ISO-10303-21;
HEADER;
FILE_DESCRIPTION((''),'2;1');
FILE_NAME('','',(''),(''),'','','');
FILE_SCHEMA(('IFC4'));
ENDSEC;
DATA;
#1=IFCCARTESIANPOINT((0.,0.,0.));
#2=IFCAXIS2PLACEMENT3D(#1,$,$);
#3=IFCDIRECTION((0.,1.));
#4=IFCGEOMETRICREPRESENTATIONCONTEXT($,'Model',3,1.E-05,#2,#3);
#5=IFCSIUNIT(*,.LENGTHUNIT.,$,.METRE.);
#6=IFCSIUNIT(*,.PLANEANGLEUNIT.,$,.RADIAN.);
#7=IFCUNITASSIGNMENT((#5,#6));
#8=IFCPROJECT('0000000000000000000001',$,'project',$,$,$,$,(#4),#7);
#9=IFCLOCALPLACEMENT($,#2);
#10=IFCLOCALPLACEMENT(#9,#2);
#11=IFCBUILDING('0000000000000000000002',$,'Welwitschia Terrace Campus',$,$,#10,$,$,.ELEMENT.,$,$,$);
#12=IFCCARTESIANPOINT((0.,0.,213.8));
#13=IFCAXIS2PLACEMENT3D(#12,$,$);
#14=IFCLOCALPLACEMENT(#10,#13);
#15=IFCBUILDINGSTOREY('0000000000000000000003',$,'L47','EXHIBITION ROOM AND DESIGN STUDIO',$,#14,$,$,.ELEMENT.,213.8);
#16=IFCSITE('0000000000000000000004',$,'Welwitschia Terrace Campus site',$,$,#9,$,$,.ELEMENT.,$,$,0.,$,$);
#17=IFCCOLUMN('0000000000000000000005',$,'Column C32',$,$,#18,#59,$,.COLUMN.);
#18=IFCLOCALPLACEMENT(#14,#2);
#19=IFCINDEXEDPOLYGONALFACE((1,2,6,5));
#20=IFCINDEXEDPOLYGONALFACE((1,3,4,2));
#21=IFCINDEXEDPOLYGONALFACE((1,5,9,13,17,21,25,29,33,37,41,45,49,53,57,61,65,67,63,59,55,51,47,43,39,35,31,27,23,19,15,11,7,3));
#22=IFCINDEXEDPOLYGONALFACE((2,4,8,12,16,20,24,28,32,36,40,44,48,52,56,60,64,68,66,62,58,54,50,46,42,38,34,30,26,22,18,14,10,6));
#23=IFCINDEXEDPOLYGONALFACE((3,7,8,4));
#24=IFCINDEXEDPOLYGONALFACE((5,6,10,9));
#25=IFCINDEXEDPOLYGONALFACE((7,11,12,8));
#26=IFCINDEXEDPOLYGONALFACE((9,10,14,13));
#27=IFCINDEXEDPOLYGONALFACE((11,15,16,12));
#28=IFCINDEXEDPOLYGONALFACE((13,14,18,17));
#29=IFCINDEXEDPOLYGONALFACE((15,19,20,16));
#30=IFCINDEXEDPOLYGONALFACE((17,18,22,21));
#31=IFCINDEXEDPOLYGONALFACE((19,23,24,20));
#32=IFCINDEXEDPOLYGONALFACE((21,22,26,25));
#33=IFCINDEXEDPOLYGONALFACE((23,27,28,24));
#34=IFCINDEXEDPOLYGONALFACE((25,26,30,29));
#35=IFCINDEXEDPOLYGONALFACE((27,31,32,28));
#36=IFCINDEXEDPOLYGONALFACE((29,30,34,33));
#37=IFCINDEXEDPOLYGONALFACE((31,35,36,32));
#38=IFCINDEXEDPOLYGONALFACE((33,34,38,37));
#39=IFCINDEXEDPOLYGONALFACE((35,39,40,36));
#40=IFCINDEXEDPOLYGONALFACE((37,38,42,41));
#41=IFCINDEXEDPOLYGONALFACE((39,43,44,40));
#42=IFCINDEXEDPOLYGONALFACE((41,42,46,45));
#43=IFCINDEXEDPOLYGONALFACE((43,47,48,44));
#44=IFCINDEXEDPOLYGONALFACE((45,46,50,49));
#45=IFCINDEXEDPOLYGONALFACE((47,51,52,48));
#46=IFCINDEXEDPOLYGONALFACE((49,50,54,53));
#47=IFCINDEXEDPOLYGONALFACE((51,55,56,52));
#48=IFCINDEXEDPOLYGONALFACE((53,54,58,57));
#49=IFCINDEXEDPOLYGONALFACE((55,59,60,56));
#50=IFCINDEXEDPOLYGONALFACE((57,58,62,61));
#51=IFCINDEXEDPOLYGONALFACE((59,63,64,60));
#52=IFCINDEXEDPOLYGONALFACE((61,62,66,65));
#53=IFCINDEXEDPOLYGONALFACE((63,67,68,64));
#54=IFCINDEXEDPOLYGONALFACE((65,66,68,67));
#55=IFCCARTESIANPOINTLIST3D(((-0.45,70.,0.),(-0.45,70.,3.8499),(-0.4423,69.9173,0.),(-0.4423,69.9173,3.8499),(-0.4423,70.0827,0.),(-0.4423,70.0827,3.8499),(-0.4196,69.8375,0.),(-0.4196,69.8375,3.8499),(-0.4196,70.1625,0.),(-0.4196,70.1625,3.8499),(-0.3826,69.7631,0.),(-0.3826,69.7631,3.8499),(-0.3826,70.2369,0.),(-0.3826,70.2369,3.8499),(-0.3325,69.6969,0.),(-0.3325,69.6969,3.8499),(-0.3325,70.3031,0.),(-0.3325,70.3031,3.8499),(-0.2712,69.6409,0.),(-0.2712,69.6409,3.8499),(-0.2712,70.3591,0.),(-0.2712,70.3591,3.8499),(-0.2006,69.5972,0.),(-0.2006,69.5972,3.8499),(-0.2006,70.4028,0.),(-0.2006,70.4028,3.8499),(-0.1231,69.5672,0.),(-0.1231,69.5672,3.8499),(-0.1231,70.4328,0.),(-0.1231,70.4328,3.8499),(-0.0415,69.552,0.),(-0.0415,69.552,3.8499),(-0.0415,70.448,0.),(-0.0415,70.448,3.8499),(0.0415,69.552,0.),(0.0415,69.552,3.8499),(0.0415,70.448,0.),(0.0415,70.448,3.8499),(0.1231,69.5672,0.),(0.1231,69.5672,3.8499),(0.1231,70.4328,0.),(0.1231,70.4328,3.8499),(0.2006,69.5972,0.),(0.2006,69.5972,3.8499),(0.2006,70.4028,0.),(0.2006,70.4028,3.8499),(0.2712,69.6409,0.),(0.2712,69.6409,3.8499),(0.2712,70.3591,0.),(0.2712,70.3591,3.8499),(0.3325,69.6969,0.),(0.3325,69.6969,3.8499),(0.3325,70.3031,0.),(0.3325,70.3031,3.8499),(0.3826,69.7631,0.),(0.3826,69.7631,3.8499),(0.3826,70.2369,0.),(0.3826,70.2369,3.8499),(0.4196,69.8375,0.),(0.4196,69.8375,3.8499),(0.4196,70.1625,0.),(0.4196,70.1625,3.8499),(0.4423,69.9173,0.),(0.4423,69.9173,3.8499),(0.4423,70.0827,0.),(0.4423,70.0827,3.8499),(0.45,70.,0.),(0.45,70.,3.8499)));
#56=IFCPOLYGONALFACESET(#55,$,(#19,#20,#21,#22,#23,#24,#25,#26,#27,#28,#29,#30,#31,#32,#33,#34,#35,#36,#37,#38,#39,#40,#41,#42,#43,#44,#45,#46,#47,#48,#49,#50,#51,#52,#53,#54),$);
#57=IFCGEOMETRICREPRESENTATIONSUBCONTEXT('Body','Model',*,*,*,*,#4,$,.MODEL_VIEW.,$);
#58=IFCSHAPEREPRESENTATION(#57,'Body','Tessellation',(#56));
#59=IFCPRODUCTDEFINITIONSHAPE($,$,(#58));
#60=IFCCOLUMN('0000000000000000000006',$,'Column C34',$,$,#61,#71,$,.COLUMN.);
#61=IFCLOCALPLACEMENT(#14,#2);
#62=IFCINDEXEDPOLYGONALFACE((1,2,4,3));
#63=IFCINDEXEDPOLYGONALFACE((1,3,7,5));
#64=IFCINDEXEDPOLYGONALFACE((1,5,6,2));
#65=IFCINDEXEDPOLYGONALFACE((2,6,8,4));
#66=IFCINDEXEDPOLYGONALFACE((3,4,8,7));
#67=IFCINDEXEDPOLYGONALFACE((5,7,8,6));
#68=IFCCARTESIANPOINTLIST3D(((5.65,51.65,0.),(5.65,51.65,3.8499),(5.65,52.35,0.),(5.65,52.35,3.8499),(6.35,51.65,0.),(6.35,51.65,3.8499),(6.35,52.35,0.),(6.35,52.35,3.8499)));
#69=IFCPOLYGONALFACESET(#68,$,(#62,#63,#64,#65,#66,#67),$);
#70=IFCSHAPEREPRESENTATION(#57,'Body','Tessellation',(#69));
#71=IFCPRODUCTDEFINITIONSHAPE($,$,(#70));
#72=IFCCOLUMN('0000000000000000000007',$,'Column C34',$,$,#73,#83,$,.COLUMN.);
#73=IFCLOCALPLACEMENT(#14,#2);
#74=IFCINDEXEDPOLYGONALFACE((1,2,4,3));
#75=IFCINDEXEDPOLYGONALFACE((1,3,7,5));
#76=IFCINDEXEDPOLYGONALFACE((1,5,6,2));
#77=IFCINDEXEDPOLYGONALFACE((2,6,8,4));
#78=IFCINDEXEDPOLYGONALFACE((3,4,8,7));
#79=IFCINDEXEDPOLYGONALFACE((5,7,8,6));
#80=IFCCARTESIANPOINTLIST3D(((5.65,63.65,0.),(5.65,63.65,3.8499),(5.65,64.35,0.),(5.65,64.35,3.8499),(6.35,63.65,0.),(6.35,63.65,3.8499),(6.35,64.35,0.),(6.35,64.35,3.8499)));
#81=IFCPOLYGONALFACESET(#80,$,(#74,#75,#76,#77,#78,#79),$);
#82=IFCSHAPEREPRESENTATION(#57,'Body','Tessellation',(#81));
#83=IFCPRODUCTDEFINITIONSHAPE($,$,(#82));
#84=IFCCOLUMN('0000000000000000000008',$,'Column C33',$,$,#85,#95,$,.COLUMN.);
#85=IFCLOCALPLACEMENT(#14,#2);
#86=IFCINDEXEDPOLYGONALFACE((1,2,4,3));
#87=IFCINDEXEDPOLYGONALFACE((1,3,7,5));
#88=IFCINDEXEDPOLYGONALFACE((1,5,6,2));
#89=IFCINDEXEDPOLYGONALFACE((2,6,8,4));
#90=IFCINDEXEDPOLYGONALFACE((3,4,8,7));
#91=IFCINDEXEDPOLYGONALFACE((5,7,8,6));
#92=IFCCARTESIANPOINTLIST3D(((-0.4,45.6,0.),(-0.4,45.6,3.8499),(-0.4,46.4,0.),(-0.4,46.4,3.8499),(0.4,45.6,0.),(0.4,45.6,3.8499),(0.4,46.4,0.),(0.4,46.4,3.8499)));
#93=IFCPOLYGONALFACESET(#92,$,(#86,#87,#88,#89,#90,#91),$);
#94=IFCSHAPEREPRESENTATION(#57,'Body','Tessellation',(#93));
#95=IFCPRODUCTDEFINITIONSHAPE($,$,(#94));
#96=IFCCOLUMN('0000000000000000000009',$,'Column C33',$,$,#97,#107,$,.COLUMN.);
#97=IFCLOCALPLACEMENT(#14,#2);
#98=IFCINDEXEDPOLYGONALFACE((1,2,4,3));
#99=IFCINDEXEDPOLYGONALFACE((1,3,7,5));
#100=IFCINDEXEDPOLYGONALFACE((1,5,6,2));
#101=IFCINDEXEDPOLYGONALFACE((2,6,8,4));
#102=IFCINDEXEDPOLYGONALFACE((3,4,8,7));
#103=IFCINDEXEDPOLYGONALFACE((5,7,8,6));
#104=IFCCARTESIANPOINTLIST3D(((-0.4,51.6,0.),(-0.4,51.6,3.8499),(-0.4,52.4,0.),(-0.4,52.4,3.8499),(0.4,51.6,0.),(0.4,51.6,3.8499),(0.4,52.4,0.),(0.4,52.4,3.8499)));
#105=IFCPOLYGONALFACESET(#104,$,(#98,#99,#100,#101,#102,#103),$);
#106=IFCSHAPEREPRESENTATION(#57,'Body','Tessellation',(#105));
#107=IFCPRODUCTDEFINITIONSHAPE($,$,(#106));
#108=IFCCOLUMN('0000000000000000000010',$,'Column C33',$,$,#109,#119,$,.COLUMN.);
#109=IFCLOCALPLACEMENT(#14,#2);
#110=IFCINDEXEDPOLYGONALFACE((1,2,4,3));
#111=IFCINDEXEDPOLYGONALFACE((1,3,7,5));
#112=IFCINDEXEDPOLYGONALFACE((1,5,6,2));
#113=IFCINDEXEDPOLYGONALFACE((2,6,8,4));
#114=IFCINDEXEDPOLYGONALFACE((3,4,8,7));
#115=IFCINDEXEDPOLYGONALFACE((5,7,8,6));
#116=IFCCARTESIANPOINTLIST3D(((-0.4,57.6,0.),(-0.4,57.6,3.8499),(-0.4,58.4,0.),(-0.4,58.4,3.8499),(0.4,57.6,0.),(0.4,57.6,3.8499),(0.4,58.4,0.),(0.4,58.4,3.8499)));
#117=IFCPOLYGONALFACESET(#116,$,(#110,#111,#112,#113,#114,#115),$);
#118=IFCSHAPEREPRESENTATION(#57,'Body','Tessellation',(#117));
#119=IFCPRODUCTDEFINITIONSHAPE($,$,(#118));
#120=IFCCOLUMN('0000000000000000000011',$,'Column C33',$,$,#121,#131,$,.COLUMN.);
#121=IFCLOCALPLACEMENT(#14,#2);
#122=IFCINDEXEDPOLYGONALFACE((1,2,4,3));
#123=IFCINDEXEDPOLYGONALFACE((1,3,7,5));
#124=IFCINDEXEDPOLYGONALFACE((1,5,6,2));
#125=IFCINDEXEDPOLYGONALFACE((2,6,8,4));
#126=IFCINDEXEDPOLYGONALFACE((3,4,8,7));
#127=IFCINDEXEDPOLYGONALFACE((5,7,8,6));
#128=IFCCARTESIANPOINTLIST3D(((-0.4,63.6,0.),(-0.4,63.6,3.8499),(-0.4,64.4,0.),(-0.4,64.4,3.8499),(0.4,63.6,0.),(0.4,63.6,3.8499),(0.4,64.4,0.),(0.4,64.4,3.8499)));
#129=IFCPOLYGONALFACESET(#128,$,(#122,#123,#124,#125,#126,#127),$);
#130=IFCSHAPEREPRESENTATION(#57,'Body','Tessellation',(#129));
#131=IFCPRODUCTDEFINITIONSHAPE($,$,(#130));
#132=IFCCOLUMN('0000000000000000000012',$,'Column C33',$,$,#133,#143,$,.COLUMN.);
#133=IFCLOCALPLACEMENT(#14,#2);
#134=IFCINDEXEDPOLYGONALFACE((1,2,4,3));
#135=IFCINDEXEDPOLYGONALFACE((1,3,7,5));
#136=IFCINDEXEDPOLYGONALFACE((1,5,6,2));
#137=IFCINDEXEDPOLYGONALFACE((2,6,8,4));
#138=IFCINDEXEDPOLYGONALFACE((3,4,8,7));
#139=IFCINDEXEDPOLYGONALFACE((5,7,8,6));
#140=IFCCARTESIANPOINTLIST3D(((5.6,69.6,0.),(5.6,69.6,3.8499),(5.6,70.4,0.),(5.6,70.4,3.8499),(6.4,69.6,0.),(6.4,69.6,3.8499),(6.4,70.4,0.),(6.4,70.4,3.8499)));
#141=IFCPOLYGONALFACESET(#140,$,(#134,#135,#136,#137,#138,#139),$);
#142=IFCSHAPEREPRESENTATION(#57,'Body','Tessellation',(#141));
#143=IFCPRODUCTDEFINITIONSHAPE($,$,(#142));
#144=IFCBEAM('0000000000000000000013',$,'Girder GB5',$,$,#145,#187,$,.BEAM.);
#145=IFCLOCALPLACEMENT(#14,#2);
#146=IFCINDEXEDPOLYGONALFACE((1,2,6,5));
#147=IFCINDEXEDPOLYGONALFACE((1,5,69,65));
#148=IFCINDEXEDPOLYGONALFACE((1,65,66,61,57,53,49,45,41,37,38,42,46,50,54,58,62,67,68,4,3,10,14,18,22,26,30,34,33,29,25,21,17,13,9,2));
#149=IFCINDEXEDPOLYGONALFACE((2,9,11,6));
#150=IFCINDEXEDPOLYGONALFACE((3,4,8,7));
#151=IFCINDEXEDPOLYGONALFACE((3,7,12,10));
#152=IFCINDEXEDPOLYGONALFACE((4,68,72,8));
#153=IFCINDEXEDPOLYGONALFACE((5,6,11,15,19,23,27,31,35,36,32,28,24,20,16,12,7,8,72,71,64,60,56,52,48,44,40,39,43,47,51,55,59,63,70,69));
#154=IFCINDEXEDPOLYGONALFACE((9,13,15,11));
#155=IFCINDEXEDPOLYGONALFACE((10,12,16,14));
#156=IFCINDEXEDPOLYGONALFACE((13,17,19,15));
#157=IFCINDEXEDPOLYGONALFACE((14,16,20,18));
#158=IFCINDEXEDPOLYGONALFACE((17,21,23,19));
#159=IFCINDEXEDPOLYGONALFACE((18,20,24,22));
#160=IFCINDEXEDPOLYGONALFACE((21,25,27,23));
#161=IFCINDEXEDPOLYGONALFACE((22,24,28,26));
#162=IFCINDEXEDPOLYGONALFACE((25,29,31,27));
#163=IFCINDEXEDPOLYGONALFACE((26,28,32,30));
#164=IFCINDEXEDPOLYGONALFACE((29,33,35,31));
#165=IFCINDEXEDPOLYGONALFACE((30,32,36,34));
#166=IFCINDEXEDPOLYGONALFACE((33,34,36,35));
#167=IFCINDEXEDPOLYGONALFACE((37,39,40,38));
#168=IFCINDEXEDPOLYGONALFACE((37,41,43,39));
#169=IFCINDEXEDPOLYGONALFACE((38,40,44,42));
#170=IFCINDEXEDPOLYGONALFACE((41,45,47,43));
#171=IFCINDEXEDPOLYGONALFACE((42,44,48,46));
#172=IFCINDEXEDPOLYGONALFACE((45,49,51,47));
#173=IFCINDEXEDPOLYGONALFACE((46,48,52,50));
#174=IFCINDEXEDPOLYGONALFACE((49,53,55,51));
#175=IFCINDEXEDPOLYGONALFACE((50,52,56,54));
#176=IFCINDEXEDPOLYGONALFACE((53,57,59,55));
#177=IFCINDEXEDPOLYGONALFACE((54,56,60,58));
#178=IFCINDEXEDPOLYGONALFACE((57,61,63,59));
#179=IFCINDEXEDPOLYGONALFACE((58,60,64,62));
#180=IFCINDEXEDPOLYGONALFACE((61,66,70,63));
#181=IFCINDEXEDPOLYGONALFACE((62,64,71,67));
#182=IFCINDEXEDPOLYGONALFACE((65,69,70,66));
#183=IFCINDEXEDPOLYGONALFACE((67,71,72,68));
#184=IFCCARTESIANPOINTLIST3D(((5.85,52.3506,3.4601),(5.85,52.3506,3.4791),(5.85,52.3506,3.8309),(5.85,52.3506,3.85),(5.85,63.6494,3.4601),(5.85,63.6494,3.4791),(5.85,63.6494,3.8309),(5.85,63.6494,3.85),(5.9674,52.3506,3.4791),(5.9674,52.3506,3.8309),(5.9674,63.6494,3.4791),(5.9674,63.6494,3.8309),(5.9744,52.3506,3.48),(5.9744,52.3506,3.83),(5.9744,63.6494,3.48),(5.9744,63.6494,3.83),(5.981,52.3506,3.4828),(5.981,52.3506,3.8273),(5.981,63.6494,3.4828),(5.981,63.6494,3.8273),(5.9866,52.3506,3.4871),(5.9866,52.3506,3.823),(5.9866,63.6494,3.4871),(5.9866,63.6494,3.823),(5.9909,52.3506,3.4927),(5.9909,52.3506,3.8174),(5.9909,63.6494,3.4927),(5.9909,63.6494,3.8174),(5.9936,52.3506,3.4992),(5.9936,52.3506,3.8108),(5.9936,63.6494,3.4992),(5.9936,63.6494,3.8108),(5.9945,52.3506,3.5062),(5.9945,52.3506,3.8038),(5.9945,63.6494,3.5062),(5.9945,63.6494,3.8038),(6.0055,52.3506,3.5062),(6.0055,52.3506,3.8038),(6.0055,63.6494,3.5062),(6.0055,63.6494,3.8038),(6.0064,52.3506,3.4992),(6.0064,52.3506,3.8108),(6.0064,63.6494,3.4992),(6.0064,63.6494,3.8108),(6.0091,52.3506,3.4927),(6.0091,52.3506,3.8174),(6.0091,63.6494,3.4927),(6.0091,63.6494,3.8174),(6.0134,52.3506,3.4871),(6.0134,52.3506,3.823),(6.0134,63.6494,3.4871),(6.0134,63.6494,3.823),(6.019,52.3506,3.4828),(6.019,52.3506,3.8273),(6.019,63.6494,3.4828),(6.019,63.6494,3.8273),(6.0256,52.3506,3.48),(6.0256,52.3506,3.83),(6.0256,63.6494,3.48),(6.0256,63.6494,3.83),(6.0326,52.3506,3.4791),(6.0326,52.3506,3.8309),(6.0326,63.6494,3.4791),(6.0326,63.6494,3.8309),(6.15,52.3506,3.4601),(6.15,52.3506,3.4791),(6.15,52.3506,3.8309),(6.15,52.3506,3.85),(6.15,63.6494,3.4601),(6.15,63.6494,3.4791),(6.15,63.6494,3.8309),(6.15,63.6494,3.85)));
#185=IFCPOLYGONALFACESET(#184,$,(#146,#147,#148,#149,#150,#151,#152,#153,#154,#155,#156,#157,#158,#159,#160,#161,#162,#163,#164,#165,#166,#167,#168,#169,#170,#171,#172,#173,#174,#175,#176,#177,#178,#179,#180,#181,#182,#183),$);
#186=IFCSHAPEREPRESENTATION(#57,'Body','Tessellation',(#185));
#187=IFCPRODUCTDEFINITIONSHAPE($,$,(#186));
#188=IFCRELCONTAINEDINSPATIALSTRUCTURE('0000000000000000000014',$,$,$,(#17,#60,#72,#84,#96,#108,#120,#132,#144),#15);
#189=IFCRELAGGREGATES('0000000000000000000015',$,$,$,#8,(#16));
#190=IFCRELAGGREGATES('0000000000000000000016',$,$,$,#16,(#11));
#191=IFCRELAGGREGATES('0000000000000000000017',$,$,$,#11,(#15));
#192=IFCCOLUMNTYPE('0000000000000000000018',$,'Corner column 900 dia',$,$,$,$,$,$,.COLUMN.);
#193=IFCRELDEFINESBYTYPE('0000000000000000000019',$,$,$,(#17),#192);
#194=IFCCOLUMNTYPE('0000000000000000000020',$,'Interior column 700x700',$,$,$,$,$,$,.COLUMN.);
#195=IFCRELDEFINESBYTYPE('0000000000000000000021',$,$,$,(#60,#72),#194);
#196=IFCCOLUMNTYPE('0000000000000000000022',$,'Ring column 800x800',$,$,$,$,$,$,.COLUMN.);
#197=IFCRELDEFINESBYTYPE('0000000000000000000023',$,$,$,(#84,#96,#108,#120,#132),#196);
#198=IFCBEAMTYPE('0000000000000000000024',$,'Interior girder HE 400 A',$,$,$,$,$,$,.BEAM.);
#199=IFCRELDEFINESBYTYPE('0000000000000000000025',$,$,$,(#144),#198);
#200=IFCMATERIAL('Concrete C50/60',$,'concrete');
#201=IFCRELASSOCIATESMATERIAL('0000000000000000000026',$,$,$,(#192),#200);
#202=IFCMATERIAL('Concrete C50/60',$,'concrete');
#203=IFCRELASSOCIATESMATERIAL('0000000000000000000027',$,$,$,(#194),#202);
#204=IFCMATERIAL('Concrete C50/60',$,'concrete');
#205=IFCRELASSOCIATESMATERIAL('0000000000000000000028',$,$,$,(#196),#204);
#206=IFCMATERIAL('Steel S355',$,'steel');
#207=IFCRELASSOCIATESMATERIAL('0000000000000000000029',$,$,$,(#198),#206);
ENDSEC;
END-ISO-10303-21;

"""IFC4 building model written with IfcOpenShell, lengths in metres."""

from ifc_helpers import new_model, si_unit, direction, frame, origin, origin_2d, place, context, subcontext, project, spatial, rectangle, circle, i_section, extrude, material, material_profile, profile_set, type_object, element, save


model = new_model("IFC4")

# Units and contexts
model_context = context("Model", 3, precision=1e-05, world=origin(), true_north=direction((0.0, 1.0)))
body_context = subcontext(model_context, "Body", "Model", "MODEL_VIEW")
ifc_project = project(units=[si_unit("LENGTHUNIT", "METRE"), si_unit("PLANEANGLEUNIT", "RADIAN")], contexts=[model_context])

# Site, building, storey
site_placement = place(None, origin())
site = spatial("IfcSite", under=ifc_project, at=site_placement, Name="Welwitschia Terrace Campus site", CompositionType="ELEMENT", RefElevation=0.0)
building_placement = place(site_placement, origin())
building = spatial("IfcBuilding", under=site, at=building_placement, Name="Welwitschia Terrace Campus", CompositionType="ELEMENT")
storey_placement = place(building_placement, frame((0.0, 0.0, 213.8)))
storey = spatial("IfcBuildingStorey", under=building, at=storey_placement, Name="L47", Description="EXHIBITION ROOM AND DESIGN STUDIO", CompositionType="ELEMENT", Elevation=213.8)

# Columns
ifc_material_1 = material(Name="Concrete C50/60", Category="concrete")
ifc_material_profile_1 = material_profile(ifc_material_1, circle(Radius=0.45, at=origin_2d()))
ifc_profile_set_1 = profile_set([ifc_material_profile_1], Name="Concrete C50/60")
column_type_1 = type_object("IfcColumnType", Name="Corner column 900 dia", PredefinedType="COLUMN", material=ifc_profile_set_1)
column_placement = place(storey_placement, frame((0.0, 70.0, 0.0), z_axis=(0.0, 0.0, 1.0), x_axis=(1.0, 0.0, 0.0)))
element("IfcColumn", 1, at=column_placement, inside=storey, type_object=column_type_1, Name="Column C32", PredefinedType="COLUMN", context=body_context, shape_type="SweptSolid", body=[
    extrude(circle(Radius=0.45, at=origin_2d()), origin(), (0.0, 0.0, 1.0), 3.8499),
])
ifc_material_2 = material(Name="Concrete C50/60", Category="concrete")
ifc_material_profile_2 = material_profile(ifc_material_2, rectangle(XDim=0.7, YDim=0.7, at=origin_2d()))
ifc_profile_set_2 = profile_set([ifc_material_profile_2], Name="Concrete C50/60")
column_type_2 = type_object("IfcColumnType", Name="Interior column 700x700", PredefinedType="COLUMN", material=ifc_profile_set_2)
for number, where, z_axis, x_axis, name in (
    (2, (6.0, 52.0, 0.0), (0.0, 0.0, 1.0), (1.0, 0.0, 0.0), "Column C34"),
    (3, (6.0, 64.0, 0.0), (0.0, 0.0, 1.0), (1.0, 0.0, 0.0), "Column C34"),
):
    element("IfcColumn", number, at=place(storey_placement, frame(where, z_axis=z_axis, x_axis=x_axis)), inside=storey, type_object=column_type_2, Name=name, PredefinedType="COLUMN", context=body_context, shape_type="SweptSolid", body=[
        extrude(rectangle(XDim=0.7, YDim=0.7, at=origin_2d()), origin(), (0.0, 0.0, 1.0), 3.8499),
    ])
ifc_material_3 = material(Name="Concrete C50/60", Category="concrete")
ifc_material_profile_3 = material_profile(ifc_material_3, rectangle(XDim=0.8, YDim=0.8, at=origin_2d()))
ifc_profile_set_3 = profile_set([ifc_material_profile_3], Name="Concrete C50/60")
column_type_3 = type_object("IfcColumnType", Name="Ring column 800x800", PredefinedType="COLUMN", material=ifc_profile_set_3)
for number, where, z_axis, x_axis, name in (
    (4, (0.0, 46.0, 0.0), (0.0, 0.0, 1.0), (1.0, 0.0, 0.0), "Column C33"),
    (5, (0.0, 52.0, 0.0), (0.0, 0.0, 1.0), (1.0, 0.0, 0.0), "Column C33"),
    (6, (0.0, 58.0, 0.0), (0.0, 0.0, 1.0), (1.0, 0.0, 0.0), "Column C33"),
    (7, (0.0, 64.0, 0.0), (0.0, 0.0, 1.0), (1.0, 0.0, 0.0), "Column C33"),
    (8, (6.0, 70.0, 0.0), (0.0, 0.0, 1.0), (1.0, 0.0, 0.0), "Column C33"),
):
    element("IfcColumn", number, at=place(storey_placement, frame(where, z_axis=z_axis, x_axis=x_axis)), inside=storey, type_object=column_type_3, Name=name, PredefinedType="COLUMN", context=body_context, shape_type="SweptSolid", body=[
        extrude(rectangle(XDim=0.8, YDim=0.8, at=origin_2d()), origin(), (0.0, 0.0, 1.0), 3.8499),
    ])

# Beam
ifc_material_4 = material(Name="Steel S355", Category="steel")
ifc_material_profile_4 = material_profile(ifc_material_4, i_section(OverallWidth=0.3, OverallDepth=0.3899, WebThickness=0.011, FlangeThickness=0.019, FilletRadius=0.0271, at=origin_2d()))
ifc_profile_set_4 = profile_set([ifc_material_profile_4], Name="Steel S355")
beam_type_1 = type_object("IfcBeamType", Name="Interior girder HE 400 A", PredefinedType="BEAM", material=ifc_profile_set_4)
beam_1_placement = place(storey_placement, frame((6.0, 52.3506, 3.655), z_axis=(0.0, 1.0, 0.0), x_axis=(-1.0, 0.0, 0.0)))
element("IfcBeam", 9, at=beam_1_placement, inside=storey, type_object=beam_type_1, Name="Girder GB5", PredefinedType="BEAM", context=body_context, shape_type="SweptSolid", body=[
    extrude(i_section(OverallWidth=0.3, OverallDepth=0.3899, WebThickness=0.011, FlangeThickness=0.019, FilletRadius=0.0271, at=origin_2d()), origin(), (0.0, 0.0, 1.0), 11.2988),
])

save(model, "model.ifc")
